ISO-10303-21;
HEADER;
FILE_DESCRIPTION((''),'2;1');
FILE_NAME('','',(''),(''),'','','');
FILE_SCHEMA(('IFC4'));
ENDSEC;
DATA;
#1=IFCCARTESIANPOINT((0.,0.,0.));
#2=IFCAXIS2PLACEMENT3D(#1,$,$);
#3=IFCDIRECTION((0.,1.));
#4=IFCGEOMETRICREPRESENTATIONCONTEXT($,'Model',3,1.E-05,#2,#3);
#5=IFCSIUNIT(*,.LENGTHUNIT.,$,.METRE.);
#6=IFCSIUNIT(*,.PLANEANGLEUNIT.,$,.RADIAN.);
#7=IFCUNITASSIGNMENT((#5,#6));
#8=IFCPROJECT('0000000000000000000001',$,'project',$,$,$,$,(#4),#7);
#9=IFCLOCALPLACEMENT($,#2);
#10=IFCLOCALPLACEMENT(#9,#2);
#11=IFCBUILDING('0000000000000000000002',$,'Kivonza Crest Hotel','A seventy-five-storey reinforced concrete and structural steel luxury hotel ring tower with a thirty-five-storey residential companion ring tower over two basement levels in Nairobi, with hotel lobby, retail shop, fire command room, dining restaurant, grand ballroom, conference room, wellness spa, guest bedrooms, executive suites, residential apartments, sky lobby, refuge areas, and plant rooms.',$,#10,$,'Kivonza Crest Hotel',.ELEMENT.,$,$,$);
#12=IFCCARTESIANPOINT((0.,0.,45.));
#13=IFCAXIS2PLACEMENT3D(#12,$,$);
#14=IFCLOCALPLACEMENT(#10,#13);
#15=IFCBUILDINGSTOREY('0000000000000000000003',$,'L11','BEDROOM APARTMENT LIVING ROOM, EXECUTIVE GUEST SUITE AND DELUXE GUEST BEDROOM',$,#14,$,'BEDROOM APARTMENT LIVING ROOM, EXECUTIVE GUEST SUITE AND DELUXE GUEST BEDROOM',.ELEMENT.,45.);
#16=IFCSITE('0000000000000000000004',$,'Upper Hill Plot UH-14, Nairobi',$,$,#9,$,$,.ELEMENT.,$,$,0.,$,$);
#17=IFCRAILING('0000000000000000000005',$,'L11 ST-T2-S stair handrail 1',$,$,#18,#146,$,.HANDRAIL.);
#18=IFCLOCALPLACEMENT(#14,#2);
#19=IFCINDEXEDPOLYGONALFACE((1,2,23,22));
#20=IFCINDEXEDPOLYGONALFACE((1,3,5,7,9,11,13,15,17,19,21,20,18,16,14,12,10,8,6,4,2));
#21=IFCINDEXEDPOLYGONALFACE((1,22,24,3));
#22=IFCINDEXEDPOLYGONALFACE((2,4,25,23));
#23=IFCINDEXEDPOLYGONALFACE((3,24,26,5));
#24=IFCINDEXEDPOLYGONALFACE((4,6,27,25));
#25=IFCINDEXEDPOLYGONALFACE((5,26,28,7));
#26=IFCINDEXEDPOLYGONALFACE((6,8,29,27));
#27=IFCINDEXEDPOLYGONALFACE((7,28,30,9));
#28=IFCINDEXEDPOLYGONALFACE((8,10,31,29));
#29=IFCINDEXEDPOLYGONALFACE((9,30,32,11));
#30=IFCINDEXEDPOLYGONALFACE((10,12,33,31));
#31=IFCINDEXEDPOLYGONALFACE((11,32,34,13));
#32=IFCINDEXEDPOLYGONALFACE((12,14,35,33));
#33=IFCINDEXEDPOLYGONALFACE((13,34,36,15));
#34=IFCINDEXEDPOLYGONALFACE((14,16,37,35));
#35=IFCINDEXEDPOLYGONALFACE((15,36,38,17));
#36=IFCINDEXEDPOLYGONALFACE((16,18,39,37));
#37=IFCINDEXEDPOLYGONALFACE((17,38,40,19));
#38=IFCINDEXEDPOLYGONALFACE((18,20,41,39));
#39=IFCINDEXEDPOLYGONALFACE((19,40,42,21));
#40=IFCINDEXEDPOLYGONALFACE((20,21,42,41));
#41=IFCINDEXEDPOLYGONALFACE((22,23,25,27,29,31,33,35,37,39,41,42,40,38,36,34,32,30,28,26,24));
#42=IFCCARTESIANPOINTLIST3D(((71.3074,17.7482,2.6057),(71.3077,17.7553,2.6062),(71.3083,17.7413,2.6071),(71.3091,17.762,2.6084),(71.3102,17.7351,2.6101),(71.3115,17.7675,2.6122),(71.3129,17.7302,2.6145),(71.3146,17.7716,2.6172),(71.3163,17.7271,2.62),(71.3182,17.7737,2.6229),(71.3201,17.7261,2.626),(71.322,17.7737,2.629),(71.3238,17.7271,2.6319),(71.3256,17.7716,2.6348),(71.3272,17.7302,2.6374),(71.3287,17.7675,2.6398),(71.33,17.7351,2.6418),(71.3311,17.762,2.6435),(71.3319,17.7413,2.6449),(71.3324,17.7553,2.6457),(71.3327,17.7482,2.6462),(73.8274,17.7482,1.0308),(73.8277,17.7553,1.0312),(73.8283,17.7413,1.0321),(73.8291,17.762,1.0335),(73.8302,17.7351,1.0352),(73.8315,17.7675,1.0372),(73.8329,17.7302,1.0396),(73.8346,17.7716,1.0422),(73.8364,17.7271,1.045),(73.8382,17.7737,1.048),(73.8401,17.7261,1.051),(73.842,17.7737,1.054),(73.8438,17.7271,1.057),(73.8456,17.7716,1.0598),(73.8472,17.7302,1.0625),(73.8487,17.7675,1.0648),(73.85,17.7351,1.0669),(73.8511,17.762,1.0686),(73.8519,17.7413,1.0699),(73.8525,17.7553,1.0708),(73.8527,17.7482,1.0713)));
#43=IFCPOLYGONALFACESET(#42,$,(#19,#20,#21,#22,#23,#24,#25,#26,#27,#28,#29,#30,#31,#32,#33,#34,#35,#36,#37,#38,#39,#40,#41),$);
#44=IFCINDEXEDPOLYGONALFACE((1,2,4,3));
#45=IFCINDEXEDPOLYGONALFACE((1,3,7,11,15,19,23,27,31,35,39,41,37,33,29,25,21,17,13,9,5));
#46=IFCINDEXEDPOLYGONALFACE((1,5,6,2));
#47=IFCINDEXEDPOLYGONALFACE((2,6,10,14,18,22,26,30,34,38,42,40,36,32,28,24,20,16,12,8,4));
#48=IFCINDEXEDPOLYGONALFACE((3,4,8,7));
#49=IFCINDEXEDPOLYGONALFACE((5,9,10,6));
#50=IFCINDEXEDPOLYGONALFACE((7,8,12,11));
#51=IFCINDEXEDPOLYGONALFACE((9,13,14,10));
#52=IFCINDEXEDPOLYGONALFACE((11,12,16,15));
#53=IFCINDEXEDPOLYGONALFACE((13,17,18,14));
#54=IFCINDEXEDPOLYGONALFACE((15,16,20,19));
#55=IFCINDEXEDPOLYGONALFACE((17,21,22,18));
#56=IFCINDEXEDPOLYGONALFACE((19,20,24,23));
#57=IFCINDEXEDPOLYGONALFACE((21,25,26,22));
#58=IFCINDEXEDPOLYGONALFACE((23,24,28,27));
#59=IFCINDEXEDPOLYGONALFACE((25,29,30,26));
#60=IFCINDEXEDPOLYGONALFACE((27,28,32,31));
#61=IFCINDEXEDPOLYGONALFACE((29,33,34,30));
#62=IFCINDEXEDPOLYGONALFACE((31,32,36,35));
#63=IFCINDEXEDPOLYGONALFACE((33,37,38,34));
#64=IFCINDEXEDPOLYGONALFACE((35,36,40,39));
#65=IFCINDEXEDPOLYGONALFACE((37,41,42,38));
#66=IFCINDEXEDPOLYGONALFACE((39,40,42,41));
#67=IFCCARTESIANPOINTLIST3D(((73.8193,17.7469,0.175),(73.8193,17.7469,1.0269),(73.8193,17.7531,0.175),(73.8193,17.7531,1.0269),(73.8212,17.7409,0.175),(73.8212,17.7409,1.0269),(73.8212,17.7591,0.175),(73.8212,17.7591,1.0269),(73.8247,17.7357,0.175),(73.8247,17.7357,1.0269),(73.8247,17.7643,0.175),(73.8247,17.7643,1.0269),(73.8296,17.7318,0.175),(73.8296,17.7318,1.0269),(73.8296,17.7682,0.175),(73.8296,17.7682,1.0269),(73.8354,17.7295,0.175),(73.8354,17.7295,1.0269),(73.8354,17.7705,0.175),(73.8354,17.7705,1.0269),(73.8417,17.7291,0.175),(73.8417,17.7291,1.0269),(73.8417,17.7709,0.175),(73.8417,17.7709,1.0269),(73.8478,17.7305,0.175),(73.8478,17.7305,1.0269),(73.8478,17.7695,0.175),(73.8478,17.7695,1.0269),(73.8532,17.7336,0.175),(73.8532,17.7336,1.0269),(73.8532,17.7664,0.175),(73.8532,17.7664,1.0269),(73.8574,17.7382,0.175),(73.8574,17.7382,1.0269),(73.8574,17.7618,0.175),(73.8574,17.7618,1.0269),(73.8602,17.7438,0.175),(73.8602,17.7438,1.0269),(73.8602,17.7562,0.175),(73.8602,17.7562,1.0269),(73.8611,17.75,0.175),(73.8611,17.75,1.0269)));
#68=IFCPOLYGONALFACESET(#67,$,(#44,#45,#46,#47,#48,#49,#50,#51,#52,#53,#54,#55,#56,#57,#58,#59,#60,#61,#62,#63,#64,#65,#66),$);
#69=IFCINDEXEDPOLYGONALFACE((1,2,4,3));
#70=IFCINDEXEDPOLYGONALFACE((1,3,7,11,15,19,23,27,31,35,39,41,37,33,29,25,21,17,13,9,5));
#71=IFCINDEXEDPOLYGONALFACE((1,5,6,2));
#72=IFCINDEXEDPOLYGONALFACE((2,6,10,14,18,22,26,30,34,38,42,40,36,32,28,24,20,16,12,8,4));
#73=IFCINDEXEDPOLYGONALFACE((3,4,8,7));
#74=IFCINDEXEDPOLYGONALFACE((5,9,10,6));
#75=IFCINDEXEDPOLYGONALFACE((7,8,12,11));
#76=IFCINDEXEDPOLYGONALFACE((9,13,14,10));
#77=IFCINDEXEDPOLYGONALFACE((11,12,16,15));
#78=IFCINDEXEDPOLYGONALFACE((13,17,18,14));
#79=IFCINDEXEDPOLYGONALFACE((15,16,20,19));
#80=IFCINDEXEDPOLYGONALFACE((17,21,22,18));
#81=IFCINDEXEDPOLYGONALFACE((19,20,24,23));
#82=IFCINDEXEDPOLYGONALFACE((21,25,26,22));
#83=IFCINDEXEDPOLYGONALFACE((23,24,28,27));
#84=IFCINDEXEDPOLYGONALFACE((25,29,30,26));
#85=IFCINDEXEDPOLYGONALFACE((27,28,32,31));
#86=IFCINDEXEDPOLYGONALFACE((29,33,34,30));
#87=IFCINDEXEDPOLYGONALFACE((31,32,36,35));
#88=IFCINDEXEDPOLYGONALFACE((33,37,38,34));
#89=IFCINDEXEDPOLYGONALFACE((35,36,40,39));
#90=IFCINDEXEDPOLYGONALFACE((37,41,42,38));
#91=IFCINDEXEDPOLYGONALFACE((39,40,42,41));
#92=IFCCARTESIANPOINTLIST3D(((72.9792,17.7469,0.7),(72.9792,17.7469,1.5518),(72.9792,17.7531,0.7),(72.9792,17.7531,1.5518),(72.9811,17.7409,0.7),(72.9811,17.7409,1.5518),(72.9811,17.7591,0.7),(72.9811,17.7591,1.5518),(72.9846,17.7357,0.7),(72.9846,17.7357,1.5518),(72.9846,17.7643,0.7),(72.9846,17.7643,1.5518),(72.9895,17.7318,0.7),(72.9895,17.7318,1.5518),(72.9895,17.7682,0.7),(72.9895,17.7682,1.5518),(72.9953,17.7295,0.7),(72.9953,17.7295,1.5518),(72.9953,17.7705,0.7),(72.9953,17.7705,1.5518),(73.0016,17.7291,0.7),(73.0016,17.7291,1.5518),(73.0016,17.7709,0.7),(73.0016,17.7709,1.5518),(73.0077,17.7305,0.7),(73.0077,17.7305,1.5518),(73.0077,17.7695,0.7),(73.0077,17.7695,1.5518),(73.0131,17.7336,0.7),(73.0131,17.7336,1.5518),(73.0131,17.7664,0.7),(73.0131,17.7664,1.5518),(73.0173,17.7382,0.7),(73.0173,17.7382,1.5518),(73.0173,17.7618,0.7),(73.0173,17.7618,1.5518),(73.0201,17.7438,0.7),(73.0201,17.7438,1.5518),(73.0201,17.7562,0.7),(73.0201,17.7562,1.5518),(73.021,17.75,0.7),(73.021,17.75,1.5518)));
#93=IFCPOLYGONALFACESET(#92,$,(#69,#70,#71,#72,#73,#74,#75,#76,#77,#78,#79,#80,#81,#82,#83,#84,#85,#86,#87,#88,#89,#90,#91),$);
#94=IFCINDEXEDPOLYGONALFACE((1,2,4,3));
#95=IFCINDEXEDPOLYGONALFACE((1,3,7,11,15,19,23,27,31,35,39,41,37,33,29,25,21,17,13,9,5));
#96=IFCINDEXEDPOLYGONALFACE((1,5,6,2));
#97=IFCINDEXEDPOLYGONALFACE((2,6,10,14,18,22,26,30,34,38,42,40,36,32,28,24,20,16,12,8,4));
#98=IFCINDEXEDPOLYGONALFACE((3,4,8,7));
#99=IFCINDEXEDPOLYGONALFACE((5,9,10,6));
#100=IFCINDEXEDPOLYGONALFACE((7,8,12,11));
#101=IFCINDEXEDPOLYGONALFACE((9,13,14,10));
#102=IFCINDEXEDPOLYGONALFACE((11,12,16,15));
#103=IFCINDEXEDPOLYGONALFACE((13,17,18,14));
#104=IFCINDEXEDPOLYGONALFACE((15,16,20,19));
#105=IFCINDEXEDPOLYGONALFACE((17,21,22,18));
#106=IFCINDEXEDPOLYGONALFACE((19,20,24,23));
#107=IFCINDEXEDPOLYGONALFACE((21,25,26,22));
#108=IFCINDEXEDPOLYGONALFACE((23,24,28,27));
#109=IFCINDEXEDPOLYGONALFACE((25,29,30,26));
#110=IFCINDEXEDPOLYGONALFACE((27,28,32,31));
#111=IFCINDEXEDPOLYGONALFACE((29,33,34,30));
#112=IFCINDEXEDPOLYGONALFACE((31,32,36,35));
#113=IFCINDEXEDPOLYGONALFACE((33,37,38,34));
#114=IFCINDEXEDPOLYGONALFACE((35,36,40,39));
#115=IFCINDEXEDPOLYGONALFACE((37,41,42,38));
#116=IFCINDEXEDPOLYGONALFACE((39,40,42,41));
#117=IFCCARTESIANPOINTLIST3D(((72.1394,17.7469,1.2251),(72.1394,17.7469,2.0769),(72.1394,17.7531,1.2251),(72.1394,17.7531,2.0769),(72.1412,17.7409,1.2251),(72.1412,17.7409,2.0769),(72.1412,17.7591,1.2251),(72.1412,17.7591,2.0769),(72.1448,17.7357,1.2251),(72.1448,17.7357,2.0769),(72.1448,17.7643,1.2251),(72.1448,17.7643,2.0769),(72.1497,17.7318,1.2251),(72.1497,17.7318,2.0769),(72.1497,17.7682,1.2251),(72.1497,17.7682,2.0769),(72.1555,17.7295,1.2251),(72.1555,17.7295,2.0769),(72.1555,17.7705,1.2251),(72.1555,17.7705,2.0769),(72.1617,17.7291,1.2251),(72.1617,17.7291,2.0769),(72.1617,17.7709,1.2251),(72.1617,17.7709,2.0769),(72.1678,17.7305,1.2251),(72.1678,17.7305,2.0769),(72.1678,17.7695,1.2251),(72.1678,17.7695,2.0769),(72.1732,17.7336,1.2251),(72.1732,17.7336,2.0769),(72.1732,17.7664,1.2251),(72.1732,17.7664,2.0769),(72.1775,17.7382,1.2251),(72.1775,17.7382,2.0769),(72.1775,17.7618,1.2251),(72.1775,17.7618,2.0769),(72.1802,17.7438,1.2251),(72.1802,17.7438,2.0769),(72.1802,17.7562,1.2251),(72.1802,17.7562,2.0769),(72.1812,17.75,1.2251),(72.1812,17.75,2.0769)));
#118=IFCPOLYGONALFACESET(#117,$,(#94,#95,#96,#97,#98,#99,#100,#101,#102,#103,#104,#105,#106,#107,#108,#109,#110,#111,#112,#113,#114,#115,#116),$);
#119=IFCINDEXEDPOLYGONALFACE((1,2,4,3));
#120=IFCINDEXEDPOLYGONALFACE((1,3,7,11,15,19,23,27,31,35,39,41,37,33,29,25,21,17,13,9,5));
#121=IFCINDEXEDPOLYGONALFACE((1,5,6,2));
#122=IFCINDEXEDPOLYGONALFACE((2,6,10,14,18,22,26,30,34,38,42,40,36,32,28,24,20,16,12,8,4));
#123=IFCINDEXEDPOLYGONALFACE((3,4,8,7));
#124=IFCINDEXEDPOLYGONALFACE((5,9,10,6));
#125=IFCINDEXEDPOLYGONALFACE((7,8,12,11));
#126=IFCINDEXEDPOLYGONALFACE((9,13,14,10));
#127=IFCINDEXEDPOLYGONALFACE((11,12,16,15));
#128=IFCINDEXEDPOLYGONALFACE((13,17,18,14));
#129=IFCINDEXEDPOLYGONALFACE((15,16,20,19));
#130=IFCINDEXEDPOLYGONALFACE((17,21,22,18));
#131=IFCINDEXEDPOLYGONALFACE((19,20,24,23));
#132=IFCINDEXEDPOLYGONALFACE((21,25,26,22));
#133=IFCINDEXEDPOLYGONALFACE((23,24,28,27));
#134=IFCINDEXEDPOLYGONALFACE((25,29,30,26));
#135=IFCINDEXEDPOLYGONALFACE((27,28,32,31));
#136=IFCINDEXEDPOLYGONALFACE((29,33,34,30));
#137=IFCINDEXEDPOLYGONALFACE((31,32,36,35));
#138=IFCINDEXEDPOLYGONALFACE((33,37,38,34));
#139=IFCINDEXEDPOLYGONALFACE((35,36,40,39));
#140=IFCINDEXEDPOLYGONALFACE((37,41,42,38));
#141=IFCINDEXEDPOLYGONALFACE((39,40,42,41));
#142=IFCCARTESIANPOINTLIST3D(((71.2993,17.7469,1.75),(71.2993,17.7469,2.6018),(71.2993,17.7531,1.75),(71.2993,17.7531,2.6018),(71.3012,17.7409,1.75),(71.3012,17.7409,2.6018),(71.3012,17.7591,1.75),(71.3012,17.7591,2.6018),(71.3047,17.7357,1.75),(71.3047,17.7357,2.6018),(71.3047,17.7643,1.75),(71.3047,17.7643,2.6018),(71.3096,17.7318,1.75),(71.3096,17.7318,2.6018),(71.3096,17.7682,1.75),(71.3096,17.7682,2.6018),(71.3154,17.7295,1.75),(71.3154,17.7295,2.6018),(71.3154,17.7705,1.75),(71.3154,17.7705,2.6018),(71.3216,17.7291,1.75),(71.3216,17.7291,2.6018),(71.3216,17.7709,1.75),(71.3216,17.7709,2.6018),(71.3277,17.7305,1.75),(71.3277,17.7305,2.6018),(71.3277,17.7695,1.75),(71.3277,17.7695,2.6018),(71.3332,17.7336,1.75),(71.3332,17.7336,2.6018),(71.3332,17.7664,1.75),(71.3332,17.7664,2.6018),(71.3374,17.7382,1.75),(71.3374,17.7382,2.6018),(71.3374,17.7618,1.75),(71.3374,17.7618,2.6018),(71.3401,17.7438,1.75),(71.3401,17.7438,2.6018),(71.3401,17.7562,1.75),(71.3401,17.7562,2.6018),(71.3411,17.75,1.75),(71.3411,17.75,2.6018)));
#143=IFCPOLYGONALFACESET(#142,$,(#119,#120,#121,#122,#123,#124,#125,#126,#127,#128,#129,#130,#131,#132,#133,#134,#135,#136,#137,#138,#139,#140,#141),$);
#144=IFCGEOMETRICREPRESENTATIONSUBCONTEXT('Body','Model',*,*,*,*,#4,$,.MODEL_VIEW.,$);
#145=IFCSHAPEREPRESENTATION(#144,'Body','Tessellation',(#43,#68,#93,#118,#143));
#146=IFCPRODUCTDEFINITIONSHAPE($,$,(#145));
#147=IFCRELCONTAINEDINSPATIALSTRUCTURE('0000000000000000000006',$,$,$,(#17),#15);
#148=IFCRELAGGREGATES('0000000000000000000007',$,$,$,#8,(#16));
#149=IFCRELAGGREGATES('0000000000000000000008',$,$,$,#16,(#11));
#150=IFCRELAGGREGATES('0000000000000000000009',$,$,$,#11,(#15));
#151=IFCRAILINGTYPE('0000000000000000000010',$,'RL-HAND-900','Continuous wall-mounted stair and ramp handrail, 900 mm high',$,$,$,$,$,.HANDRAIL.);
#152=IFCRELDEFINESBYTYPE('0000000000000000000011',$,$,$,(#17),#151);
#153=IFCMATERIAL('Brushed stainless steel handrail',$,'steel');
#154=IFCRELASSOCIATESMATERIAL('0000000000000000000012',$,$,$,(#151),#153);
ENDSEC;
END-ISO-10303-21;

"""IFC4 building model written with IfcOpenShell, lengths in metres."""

from ifc_helpers import new_model, si_unit, direction, frame, origin, origin_2d, place, context, subcontext, project, spatial, circle, extrude, material, type_object, element, save


model = new_model("IFC4")

# Units and contexts
model_context = context("Model", 3, precision=1e-05, world=origin(), true_north=direction((0.0, 1.0)))
body_context = subcontext(model_context, "Body", "Model", "MODEL_VIEW")
ifc_project = project(units=[si_unit("LENGTHUNIT", "METRE"), si_unit("PLANEANGLEUNIT", "RADIAN")], contexts=[model_context])

# Site, building, storey
site_placement = place(None, origin())
site = spatial("IfcSite", under=ifc_project, at=site_placement, Name="Upper Hill Plot UH-14, Nairobi", CompositionType="ELEMENT", RefElevation=0.0)
building_placement = place(site_placement, origin())
building = spatial("IfcBuilding", under=site, at=building_placement, Name="Kivonza Crest Hotel", Description="A seventy-five-storey reinforced concrete and structural steel luxury hotel ring tower with a thirty-five-storey residential companion ring tower over two basement levels in Nairobi, with hotel lobby, retail shop, fire command room, dining restaurant, grand ballroom, conference room, wellness spa, guest bedrooms, executive suites, residential apartments, sky lobby, refuge areas, and plant rooms.", LongName="Kivonza Crest Hotel", CompositionType="ELEMENT")
storey_placement = place(building_placement, frame((0.0, 0.0, 45.0)))
storey = spatial("IfcBuildingStorey", under=building, at=storey_placement, Name="L11", Description="BEDROOM APARTMENT LIVING ROOM, EXECUTIVE GUEST SUITE AND DELUXE GUEST BEDROOM", LongName="BEDROOM APARTMENT LIVING ROOM, EXECUTIVE GUEST SUITE AND DELUXE GUEST BEDROOM", CompositionType="ELEMENT", Elevation=45.0)

# Railing
ifc_material_1 = material(Name="Brushed stainless steel handrail", Category="steel")
railing_type_1 = type_object("IfcRailingType", Name="RL-HAND-900", Description="Continuous wall-mounted stair and ramp handrail, 900 mm high", PredefinedType="HANDRAIL", material=ifc_material_1)
railing_1_placement = place(storey_placement, frame((73.8401, 17.75, 0.175)))
element("IfcRailing", 1, at=railing_1_placement, inside=storey, type_object=railing_type_1, Name="L11 ST-T2-S stair handrail 1", PredefinedType="HANDRAIL", context=body_context, shape_type="SweptSolid", body=[
    extrude(circle(Radius=0.0239, at=origin_2d()), frame((0.0, 0.0, 0.876), z_axis=(-0.848008, 0.0, 0.529984), x_axis=(0.0, -1.0, 0.0)), (0.0, 0.0, 1.0), 2.9717),
    extrude(circle(Radius=0.021, at=origin_2d()), origin(), (0.0, 0.0, 1.0), 0.8518),
    extrude(circle(Radius=0.021, at=origin_2d()), frame((-0.8401, 0.0, 0.5249)), (0.0, 0.0, 1.0), 0.8518),
    extrude(circle(Radius=0.021, at=origin_2d()), frame((-1.6799, 0.0, 1.05)), (0.0, 0.0, 1.0), 0.8518),
    extrude(circle(Radius=0.021, at=origin_2d()), frame((-2.52, 0.0, 1.575)), (0.0, 0.0, 1.0), 0.8518),
])

save(model, "model.ifc")
